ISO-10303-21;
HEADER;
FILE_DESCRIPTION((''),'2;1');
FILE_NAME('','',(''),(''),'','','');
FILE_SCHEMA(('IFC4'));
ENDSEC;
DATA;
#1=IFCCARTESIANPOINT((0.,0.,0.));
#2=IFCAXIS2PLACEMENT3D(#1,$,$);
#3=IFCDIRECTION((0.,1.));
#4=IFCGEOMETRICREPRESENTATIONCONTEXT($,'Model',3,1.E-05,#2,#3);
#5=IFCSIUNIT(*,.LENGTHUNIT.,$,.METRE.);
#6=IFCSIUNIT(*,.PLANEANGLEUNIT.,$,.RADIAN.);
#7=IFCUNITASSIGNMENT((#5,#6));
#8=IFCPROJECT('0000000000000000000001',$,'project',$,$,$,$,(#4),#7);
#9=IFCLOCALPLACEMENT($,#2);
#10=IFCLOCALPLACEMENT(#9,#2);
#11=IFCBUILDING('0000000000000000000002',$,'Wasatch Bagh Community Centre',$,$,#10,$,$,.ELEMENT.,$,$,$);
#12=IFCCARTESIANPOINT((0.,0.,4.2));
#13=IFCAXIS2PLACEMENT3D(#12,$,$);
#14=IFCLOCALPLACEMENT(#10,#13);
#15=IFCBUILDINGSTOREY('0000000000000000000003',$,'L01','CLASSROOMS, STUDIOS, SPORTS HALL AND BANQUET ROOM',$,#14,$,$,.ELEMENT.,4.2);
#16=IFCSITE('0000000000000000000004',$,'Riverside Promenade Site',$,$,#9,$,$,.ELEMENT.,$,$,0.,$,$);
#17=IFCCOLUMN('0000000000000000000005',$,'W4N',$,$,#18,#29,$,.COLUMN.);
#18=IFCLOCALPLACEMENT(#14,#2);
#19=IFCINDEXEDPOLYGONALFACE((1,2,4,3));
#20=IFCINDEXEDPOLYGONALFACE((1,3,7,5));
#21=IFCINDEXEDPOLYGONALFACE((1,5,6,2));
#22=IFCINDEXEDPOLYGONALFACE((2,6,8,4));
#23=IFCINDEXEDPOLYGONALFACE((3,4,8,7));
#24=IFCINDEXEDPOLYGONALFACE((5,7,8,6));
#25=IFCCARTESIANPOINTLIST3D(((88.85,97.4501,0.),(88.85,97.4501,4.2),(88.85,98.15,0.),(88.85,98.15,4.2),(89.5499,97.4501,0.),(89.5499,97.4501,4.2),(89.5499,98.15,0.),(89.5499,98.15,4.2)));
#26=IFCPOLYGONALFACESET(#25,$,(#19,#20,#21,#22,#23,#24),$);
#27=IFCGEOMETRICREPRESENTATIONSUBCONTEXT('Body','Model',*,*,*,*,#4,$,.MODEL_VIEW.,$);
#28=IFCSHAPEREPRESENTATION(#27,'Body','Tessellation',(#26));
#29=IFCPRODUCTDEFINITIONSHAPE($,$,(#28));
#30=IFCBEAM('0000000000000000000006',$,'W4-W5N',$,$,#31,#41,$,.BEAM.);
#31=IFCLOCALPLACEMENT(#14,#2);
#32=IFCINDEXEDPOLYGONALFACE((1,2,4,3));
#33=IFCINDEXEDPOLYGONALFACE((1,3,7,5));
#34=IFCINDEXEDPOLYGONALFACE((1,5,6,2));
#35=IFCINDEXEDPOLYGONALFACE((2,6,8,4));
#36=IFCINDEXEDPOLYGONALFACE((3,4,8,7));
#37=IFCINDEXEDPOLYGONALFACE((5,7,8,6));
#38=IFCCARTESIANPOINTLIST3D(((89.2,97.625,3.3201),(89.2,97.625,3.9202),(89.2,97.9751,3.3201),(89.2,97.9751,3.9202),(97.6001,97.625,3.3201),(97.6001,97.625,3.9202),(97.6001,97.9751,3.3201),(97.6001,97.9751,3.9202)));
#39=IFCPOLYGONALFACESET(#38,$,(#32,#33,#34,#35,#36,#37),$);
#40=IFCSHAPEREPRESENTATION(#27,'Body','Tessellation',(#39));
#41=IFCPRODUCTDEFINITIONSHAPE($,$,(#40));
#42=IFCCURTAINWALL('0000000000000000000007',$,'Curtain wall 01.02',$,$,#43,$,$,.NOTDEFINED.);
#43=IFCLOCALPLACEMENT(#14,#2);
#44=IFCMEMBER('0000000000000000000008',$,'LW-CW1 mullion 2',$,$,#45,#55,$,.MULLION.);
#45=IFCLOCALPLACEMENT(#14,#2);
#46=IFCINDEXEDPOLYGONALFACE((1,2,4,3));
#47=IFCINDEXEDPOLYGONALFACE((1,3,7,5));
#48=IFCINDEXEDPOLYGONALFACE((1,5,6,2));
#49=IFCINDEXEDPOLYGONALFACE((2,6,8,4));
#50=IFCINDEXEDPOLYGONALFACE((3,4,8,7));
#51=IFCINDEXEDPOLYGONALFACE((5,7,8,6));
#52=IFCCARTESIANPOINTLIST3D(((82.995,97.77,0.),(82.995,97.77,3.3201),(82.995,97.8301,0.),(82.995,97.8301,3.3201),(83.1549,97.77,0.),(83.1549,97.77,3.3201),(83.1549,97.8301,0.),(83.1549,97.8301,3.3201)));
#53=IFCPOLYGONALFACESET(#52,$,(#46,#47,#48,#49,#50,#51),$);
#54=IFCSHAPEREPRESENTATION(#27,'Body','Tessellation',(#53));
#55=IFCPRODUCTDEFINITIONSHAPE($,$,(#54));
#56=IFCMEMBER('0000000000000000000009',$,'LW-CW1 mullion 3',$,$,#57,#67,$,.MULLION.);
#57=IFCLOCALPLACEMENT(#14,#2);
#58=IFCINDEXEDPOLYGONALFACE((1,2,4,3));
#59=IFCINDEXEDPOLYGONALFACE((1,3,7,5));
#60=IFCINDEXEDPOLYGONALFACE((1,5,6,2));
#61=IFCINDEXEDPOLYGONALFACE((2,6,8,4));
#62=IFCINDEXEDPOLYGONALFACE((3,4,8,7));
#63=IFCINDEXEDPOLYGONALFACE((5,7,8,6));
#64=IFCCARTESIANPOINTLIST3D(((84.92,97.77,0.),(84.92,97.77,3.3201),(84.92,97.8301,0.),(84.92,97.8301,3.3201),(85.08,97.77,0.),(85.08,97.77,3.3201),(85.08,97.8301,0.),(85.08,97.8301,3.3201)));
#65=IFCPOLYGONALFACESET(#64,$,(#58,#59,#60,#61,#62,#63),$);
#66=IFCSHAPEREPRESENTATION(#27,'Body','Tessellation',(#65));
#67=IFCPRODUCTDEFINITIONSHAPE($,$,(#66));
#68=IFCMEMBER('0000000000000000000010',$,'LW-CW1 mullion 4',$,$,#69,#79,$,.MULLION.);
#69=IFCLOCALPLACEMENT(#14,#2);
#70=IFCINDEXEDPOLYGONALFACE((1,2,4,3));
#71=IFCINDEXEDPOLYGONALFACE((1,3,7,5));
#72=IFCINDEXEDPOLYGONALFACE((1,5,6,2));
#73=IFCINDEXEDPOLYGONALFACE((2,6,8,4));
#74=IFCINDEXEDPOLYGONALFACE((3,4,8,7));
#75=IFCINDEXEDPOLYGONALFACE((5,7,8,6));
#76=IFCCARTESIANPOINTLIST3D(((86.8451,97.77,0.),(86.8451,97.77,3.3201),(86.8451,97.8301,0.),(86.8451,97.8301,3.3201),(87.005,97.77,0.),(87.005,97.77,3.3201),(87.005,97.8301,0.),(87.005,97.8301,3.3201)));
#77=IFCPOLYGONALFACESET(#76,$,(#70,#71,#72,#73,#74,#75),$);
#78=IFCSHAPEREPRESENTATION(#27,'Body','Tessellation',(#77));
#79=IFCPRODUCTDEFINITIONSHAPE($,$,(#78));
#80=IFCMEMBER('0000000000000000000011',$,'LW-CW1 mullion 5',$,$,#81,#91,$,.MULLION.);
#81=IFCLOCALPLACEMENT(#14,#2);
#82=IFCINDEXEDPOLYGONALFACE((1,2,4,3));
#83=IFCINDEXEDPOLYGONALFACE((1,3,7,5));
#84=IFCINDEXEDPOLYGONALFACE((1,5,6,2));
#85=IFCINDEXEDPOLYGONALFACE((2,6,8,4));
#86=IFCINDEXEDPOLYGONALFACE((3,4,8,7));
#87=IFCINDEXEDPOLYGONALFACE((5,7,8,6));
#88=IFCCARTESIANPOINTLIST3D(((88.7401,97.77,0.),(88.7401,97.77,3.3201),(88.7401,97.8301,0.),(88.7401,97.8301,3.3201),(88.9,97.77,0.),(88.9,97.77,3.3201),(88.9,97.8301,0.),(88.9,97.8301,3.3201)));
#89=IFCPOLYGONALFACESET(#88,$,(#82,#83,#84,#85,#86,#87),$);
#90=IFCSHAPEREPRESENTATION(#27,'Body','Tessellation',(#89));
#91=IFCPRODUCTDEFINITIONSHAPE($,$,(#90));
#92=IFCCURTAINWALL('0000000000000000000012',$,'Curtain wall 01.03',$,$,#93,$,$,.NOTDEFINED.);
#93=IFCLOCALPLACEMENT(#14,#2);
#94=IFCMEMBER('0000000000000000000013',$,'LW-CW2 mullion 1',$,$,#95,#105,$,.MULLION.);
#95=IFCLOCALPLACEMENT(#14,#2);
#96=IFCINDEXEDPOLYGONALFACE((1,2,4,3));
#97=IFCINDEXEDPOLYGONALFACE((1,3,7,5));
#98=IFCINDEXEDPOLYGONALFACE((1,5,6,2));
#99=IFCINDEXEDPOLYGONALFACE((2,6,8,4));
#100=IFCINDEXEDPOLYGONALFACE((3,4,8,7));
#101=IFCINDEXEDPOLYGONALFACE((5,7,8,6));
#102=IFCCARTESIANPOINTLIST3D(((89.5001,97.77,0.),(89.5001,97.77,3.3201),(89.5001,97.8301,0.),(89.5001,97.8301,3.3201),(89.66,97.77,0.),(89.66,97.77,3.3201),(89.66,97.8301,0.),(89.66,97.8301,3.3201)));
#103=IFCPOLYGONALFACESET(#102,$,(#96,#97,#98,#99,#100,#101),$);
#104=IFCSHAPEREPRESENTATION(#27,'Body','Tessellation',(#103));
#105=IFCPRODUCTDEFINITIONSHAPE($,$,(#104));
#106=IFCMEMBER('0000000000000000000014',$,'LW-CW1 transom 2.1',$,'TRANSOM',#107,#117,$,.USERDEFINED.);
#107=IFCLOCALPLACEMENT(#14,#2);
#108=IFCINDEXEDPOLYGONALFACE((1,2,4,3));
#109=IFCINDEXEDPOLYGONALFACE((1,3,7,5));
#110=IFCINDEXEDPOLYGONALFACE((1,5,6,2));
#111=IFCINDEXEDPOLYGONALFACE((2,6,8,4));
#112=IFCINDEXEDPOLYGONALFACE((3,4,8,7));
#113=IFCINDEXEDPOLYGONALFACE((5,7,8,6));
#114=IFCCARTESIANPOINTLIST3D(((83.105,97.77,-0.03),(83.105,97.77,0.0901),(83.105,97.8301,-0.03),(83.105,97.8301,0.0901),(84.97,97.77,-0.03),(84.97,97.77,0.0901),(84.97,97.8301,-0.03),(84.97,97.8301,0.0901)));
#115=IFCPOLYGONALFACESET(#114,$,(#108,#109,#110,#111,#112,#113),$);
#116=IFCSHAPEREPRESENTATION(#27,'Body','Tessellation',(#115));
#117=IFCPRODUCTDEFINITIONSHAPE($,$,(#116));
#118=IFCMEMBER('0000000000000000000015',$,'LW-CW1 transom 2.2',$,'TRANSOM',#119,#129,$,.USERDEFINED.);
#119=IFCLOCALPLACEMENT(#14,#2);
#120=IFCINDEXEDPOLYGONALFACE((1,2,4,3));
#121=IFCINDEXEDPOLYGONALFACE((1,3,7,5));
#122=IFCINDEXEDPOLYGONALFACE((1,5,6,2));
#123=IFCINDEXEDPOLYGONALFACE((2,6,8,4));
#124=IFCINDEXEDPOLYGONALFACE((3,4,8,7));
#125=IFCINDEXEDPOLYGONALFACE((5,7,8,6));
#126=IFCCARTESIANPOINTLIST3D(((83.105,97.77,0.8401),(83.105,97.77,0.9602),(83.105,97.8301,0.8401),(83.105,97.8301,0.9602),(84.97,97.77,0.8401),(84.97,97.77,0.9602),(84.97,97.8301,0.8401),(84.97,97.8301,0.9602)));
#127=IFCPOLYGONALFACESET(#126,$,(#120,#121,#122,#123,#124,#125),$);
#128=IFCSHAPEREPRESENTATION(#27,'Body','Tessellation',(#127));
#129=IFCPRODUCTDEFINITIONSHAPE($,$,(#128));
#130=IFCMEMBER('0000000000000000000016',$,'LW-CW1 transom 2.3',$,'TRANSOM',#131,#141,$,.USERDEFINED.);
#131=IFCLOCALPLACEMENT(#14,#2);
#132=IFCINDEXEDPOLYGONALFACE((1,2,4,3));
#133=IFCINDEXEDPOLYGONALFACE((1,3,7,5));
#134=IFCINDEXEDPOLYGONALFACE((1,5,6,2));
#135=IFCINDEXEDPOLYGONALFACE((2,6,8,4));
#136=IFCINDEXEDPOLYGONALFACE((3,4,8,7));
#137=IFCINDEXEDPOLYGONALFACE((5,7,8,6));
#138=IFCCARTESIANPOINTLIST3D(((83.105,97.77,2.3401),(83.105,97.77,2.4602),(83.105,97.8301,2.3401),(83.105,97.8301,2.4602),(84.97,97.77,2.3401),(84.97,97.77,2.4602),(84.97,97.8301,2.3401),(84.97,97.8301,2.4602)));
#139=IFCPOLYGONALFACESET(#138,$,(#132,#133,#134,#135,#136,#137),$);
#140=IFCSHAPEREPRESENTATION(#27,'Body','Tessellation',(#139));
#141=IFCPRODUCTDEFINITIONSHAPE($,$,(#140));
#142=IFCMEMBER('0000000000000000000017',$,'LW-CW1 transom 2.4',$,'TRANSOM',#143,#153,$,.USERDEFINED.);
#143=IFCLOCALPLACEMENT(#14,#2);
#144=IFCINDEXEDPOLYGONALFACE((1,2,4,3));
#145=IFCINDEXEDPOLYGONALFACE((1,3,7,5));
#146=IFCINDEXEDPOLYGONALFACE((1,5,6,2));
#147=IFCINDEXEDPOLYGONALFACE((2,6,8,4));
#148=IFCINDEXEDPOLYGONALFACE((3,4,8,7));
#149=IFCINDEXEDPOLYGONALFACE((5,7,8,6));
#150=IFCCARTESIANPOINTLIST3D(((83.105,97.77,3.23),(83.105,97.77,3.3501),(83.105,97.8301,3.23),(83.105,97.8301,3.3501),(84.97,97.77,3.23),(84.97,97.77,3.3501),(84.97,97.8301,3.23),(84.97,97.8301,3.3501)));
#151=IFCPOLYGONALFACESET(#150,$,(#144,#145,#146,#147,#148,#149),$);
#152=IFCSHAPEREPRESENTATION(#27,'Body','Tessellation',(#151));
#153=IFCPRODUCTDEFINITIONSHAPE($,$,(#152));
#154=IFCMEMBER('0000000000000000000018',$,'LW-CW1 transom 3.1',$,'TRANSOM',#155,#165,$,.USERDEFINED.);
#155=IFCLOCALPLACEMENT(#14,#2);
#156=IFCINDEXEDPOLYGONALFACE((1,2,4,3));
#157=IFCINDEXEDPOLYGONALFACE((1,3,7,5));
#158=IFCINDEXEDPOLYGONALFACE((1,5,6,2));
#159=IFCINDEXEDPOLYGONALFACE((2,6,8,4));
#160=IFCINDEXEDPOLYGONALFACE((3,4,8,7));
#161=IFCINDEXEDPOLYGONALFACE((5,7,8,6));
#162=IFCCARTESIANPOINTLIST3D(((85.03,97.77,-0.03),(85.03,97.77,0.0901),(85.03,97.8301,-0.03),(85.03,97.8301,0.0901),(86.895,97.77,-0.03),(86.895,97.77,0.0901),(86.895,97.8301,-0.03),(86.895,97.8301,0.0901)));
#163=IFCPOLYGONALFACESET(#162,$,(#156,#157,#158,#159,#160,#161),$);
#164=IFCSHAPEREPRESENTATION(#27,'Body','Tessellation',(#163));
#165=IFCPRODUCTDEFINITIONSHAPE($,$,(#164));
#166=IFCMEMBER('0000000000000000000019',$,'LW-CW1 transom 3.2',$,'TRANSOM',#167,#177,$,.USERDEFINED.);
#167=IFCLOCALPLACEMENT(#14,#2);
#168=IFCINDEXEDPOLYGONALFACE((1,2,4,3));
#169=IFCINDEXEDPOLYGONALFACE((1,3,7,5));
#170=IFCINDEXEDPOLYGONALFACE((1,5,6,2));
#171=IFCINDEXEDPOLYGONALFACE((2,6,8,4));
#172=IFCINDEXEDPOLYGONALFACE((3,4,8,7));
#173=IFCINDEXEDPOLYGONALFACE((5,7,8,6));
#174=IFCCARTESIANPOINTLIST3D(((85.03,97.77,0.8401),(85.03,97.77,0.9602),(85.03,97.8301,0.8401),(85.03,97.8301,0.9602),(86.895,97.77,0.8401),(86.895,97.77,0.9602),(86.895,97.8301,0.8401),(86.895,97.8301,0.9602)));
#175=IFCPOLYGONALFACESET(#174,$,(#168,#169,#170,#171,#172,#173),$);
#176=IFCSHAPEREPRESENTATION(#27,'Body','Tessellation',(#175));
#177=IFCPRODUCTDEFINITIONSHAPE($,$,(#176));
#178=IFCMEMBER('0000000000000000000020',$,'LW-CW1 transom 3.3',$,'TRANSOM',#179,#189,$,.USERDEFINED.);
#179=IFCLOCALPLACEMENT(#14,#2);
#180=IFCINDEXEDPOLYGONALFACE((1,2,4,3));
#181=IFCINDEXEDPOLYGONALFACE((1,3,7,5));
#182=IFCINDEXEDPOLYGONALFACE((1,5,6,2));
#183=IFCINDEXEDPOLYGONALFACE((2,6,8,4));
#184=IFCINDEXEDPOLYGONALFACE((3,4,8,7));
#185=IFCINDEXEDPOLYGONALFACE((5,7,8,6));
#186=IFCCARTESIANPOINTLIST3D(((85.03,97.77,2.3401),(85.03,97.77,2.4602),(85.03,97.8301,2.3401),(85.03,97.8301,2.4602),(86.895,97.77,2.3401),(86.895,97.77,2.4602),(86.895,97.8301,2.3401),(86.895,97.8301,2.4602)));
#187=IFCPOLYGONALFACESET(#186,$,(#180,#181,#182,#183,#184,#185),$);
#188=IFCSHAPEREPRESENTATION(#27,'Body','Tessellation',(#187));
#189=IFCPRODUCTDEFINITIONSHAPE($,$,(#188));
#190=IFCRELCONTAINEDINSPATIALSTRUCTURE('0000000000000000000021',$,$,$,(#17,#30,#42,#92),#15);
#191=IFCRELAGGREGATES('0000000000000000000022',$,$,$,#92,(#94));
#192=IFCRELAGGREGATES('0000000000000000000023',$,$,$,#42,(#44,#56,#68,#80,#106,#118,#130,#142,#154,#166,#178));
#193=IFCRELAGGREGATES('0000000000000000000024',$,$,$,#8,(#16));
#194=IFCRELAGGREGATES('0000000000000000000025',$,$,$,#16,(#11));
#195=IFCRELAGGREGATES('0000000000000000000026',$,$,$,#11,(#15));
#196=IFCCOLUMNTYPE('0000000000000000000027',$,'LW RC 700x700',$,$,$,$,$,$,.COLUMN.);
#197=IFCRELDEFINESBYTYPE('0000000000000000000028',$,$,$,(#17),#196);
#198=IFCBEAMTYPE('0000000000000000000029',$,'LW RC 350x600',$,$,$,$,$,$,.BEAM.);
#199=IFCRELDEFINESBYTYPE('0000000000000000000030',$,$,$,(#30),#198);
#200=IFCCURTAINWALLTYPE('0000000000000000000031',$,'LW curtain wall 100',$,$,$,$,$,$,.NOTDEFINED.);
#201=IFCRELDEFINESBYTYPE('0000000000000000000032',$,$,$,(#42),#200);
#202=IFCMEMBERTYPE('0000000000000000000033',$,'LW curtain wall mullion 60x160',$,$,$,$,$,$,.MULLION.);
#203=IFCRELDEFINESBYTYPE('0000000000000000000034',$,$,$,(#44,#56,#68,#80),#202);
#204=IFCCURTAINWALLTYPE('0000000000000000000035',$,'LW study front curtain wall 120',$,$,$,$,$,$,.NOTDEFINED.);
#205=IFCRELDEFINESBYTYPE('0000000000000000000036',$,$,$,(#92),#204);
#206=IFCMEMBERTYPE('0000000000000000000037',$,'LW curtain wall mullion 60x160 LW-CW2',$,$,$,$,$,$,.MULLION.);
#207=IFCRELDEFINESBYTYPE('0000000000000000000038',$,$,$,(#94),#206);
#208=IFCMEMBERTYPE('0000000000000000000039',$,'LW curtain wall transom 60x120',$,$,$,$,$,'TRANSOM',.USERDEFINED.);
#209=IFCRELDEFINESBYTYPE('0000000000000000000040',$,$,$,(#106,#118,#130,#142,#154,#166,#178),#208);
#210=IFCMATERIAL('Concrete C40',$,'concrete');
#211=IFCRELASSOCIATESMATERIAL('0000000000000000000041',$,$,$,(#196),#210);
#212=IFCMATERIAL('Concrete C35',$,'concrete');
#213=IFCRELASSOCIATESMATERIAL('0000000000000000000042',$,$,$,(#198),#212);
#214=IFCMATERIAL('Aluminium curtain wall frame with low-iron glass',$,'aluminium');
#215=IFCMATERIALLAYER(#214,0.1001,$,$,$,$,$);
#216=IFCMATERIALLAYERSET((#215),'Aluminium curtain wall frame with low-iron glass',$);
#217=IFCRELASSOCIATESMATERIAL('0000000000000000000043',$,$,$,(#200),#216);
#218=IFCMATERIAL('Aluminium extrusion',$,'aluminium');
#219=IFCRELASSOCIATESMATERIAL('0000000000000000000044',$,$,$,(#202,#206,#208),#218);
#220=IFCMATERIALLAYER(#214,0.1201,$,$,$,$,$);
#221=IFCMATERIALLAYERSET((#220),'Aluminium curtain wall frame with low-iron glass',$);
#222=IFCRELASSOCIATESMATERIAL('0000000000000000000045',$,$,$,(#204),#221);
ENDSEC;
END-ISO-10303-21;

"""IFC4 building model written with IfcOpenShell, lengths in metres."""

from ifc_helpers import new_model, si_unit, direction, frame, origin, origin_2d, place, context, subcontext, project, spatial, rectangle, extrude, material, layer, layer_set, material_profile, profile_set, type_object, element, aggregate, save


model = new_model("IFC4")

# Units and contexts
model_context = context("Model", 3, precision=1e-05, world=origin(), true_north=direction((0.0, 1.0)))
body_context = subcontext(model_context, "Body", "Model", "MODEL_VIEW")
ifc_project = project(units=[si_unit("LENGTHUNIT", "METRE"), si_unit("PLANEANGLEUNIT", "RADIAN")], contexts=[model_context])

# Site, building, storey
site_placement = place(None, origin())
site = spatial("IfcSite", under=ifc_project, at=site_placement, Name="Riverside Promenade Site", CompositionType="ELEMENT", RefElevation=0.0)
building_placement = place(site_placement, origin())
building = spatial("IfcBuilding", under=site, at=building_placement, Name="Wasatch Bagh Community Centre", CompositionType="ELEMENT")
storey_placement = place(building_placement, frame((0.0, 0.0, 4.2)))
storey = spatial("IfcBuildingStorey", under=building, at=storey_placement, Name="L01", Description="CLASSROOMS, STUDIOS, SPORTS HALL AND BANQUET ROOM", CompositionType="ELEMENT", Elevation=4.2)

# Column
ifc_material_1 = material(Name="Concrete C40", Category="concrete")
ifc_material_profile_1 = material_profile(ifc_material_1, rectangle(XDim=0.7, YDim=0.7, at=origin_2d()), Name="RC 700x700")
ifc_profile_set_1 = profile_set([ifc_material_profile_1], Name="Concrete C40")
column_type = type_object("IfcColumnType", Name="LW RC 700x700", PredefinedType="COLUMN", material=ifc_profile_set_1)
column_placement = place(storey_placement, frame((89.2, 97.8, 0.0), z_axis=(0.0, 0.0, 1.0), x_axis=(1.0, 0.0, 0.0)))
element("IfcColumn", 1, at=column_placement, inside=storey, type_object=column_type, Name="W4N", PredefinedType="COLUMN", context=body_context, shape_type="SweptSolid", body=[
    extrude(rectangle(XDim=0.7, YDim=0.7, at=origin_2d()), origin(), (0.0, 0.0, 1.0), 4.2),
])

# Beam
ifc_material_2 = material(Name="Concrete C35", Category="concrete")
ifc_material_profile_2 = material_profile(ifc_material_2, rectangle(XDim=0.3501, YDim=0.6001, at=origin_2d()), Name="RC 350x600")
ifc_profile_set_2 = profile_set([ifc_material_profile_2], Name="Concrete C35")
beam_type = type_object("IfcBeamType", Name="LW RC 350x600", PredefinedType="BEAM", material=ifc_profile_set_2)
beam_placement = place(storey_placement, frame((89.2, 97.8, 3.6201), z_axis=(1.0, 0.0, 0.0), x_axis=(0.0, 1.0, 0.0)))
element("IfcBeam", 2, at=beam_placement, inside=storey, type_object=beam_type, Name="W4-W5N", PredefinedType="BEAM", context=body_context, shape_type="SweptSolid", body=[
    extrude(rectangle(XDim=0.3501, YDim=0.6001, at=origin_2d()), origin(), (0.0, 0.0, 1.0), 8.4001),
])

# Curtain wall, members
ifc_material_3 = material(Name="Aluminium curtain wall frame with low-iron glass", Category="aluminium")
ifc_layer_1 = layer(ifc_material_3, 0.1001)
ifc_layer_set_1 = layer_set([ifc_layer_1], Name="Aluminium curtain wall frame with low-iron glass")
curtain_wall_type_1 = type_object("IfcCurtainWallType", Name="LW curtain wall 100", PredefinedType="NOTDEFINED", material=ifc_layer_set_1)
curtain_wall_1_placement = place(storey_placement, origin())
curtain_wall_1 = element("IfcCurtainWall", 3, at=curtain_wall_1_placement, inside=storey, type_object=curtain_wall_type_1, Name="Curtain wall 01.02", PredefinedType="NOTDEFINED")
ifc_material_4 = material(Name="Aluminium extrusion", Category="aluminium")
ifc_material_profile_3 = material_profile(ifc_material_4, rectangle(XDim=0.0601, YDim=0.1599, at=origin_2d()), Name="AL 60x160")
ifc_profile_set_3 = profile_set([ifc_material_profile_3], Name="Aluminium extrusion")
member_type_1 = type_object("IfcMemberType", Name="LW curtain wall mullion 60x160", PredefinedType="MULLION", material=ifc_profile_set_3)
member_1_placement = place(storey_placement, frame((83.075, 97.8, 0.0), z_axis=(0.0, 0.0, 1.0), x_axis=(0.0, 1.0, 0.0)))
member_1 = element("IfcMember", 4, at=member_1_placement, type_object=member_type_1, Name="LW-CW1 mullion 2", PredefinedType="MULLION", context=body_context, shape_type="SweptSolid", body=[
    extrude(rectangle(XDim=0.0601, YDim=0.1599, at=origin_2d()), origin(), (0.0, 0.0, 1.0), 3.3201),
])
member_2_placement = place(storey_placement, frame((85.0, 97.8, 0.0), z_axis=(0.0, 0.0, 1.0), x_axis=(0.0, 1.0, 0.0)))
member_2 = element("IfcMember", 5, at=member_2_placement, type_object=member_type_1, Name="LW-CW1 mullion 3", PredefinedType="MULLION", context=body_context, shape_type="SweptSolid", body=[
    extrude(rectangle(XDim=0.0601, YDim=0.1599, at=origin_2d()), origin(), (0.0, 0.0, 1.0), 3.3201),
])
member_3_placement = place(storey_placement, frame((86.925, 97.8, 0.0), z_axis=(0.0, 0.0, 1.0), x_axis=(0.0, 1.0, 0.0)))
member_3 = element("IfcMember", 6, at=member_3_placement, type_object=member_type_1, Name="LW-CW1 mullion 4", PredefinedType="MULLION", context=body_context, shape_type="SweptSolid", body=[
    extrude(rectangle(XDim=0.0601, YDim=0.1599, at=origin_2d()), origin(), (0.0, 0.0, 1.0), 3.3201),
])
member_4_placement = place(storey_placement, frame((88.8201, 97.8, 0.0), z_axis=(0.0, 0.0, 1.0), x_axis=(0.0, 1.0, 0.0)))
member_4 = element("IfcMember", 7, at=member_4_placement, type_object=member_type_1, Name="LW-CW1 mullion 5", PredefinedType="MULLION", context=body_context, shape_type="SweptSolid", body=[
    extrude(rectangle(XDim=0.0601, YDim=0.1599, at=origin_2d()), origin(), (0.0, 0.0, 1.0), 3.3201),
])

# Curtain wall, member
ifc_layer_2 = layer(ifc_material_3, 0.1201)
ifc_layer_set_2 = layer_set([ifc_layer_2], Name="Aluminium curtain wall frame with low-iron glass")
curtain_wall_type_2 = type_object("IfcCurtainWallType", Name="LW study front curtain wall 120", PredefinedType="NOTDEFINED", material=ifc_layer_set_2)
curtain_wall_2_placement = place(storey_placement, origin())
curtain_wall_2 = element("IfcCurtainWall", 8, at=curtain_wall_2_placement, inside=storey, type_object=curtain_wall_type_2, Name="Curtain wall 01.03", PredefinedType="NOTDEFINED")
ifc_material_profile_4 = material_profile(ifc_material_4, rectangle(XDim=0.0601, YDim=0.1599, at=origin_2d()), Name="AL 60x160")
ifc_profile_set_4 = profile_set([ifc_material_profile_4], Name="Aluminium extrusion")
member_type_2 = type_object("IfcMemberType", Name="LW curtain wall mullion 60x160 LW-CW2", PredefinedType="MULLION", material=ifc_profile_set_4)
member_5_placement = place(storey_placement, frame((89.5801, 97.8, 0.0), z_axis=(0.0, 0.0, 1.0), x_axis=(0.0, 1.0, 0.0)))
member_5 = element("IfcMember", 9, at=member_5_placement, type_object=member_type_2, Name="LW-CW2 mullion 1", PredefinedType="MULLION", context=body_context, shape_type="SweptSolid", body=[
    extrude(rectangle(XDim=0.0601, YDim=0.1599, at=origin_2d()), origin(), (0.0, 0.0, 1.0), 3.3201),
])

# Members
ifc_material_profile_5 = material_profile(ifc_material_4, rectangle(XDim=0.0601, YDim=0.1201, at=origin_2d()), Name="AL 60x120")
ifc_profile_set_5 = profile_set([ifc_material_profile_5], Name="Aluminium extrusion")
member_type_3 = type_object("IfcMemberType", Name="LW curtain wall transom 60x120", ElementType="TRANSOM", PredefinedType="USERDEFINED", material=ifc_profile_set_5)
member_6_placement = place(storey_placement, frame((83.105, 97.8, 0.03), z_axis=(1.0, 0.0, 0.0), x_axis=(0.0, 1.0, 0.0)))
member_6 = element("IfcMember", 10, at=member_6_placement, type_object=member_type_3, Name="LW-CW1 transom 2.1", ObjectType="TRANSOM", PredefinedType="USERDEFINED", context=body_context, shape_type="SweptSolid", body=[
    extrude(rectangle(XDim=0.0601, YDim=0.1201, at=origin_2d()), origin(), (0.0, 0.0, 1.0), 1.865),
])
member_7_placement = place(storey_placement, frame((83.105, 97.8, 0.9001), z_axis=(1.0, 0.0, 0.0), x_axis=(0.0, 1.0, 0.0)))
member_7 = element("IfcMember", 11, at=member_7_placement, type_object=member_type_3, Name="LW-CW1 transom 2.2", ObjectType="TRANSOM", PredefinedType="USERDEFINED", context=body_context, shape_type="SweptSolid", body=[
    extrude(rectangle(XDim=0.0601, YDim=0.1201, at=origin_2d()), origin(), (0.0, 0.0, 1.0), 1.865),
])
member_8_placement = place(storey_placement, frame((83.105, 97.8, 2.4001), z_axis=(1.0, 0.0, 0.0), x_axis=(0.0, 1.0, 0.0)))
member_8 = element("IfcMember", 12, at=member_8_placement, type_object=member_type_3, Name="LW-CW1 transom 2.3", ObjectType="TRANSOM", PredefinedType="USERDEFINED", context=body_context, shape_type="SweptSolid", body=[
    extrude(rectangle(XDim=0.0601, YDim=0.1201, at=origin_2d()), origin(), (0.0, 0.0, 1.0), 1.865),
])
member_9_placement = place(storey_placement, frame((83.105, 97.8, 3.29), z_axis=(1.0, 0.0, 0.0), x_axis=(0.0, 1.0, 0.0)))
member_9 = element("IfcMember", 13, at=member_9_placement, type_object=member_type_3, Name="LW-CW1 transom 2.4", ObjectType="TRANSOM", PredefinedType="USERDEFINED", context=body_context, shape_type="SweptSolid", body=[
    extrude(rectangle(XDim=0.0601, YDim=0.1201, at=origin_2d()), origin(), (0.0, 0.0, 1.0), 1.865),
])
member_10_placement = place(storey_placement, frame((85.03, 97.8, 0.03), z_axis=(1.0, 0.0, 0.0), x_axis=(0.0, 1.0, 0.0)))
member_10 = element("IfcMember", 14, at=member_10_placement, type_object=member_type_3, Name="LW-CW1 transom 3.1", ObjectType="TRANSOM", PredefinedType="USERDEFINED", context=body_context, shape_type="SweptSolid", body=[
    extrude(rectangle(XDim=0.0601, YDim=0.1201, at=origin_2d()), origin(), (0.0, 0.0, 1.0), 1.865),
])
member_11_placement = place(storey_placement, frame((85.03, 97.8, 0.9001), z_axis=(1.0, 0.0, 0.0), x_axis=(0.0, 1.0, 0.0)))
member_11 = element("IfcMember", 15, at=member_11_placement, type_object=member_type_3, Name="LW-CW1 transom 3.2", ObjectType="TRANSOM", PredefinedType="USERDEFINED", context=body_context, shape_type="SweptSolid", body=[
    extrude(rectangle(XDim=0.0601, YDim=0.1201, at=origin_2d()), origin(), (0.0, 0.0, 1.0), 1.865),
])
member_12_placement = place(storey_placement, frame((85.03, 97.8, 2.4001), z_axis=(1.0, 0.0, 0.0), x_axis=(0.0, 1.0, 0.0)))
member_12 = element("IfcMember", 16, at=member_12_placement, type_object=member_type_3, Name="LW-CW1 transom 3.3", ObjectType="TRANSOM", PredefinedType="USERDEFINED", context=body_context, shape_type="SweptSolid", body=[
    extrude(rectangle(XDim=0.0601, YDim=0.1201, at=origin_2d()), origin(), (0.0, 0.0, 1.0), 1.865),
])
aggregate(curtain_wall_2, [member_5])

aggregate(curtain_wall_1, [member_1, member_2, member_3, member_4, member_6, member_7, member_8, member_9, member_10, member_11, member_12])

save(model, "model.ifc")
